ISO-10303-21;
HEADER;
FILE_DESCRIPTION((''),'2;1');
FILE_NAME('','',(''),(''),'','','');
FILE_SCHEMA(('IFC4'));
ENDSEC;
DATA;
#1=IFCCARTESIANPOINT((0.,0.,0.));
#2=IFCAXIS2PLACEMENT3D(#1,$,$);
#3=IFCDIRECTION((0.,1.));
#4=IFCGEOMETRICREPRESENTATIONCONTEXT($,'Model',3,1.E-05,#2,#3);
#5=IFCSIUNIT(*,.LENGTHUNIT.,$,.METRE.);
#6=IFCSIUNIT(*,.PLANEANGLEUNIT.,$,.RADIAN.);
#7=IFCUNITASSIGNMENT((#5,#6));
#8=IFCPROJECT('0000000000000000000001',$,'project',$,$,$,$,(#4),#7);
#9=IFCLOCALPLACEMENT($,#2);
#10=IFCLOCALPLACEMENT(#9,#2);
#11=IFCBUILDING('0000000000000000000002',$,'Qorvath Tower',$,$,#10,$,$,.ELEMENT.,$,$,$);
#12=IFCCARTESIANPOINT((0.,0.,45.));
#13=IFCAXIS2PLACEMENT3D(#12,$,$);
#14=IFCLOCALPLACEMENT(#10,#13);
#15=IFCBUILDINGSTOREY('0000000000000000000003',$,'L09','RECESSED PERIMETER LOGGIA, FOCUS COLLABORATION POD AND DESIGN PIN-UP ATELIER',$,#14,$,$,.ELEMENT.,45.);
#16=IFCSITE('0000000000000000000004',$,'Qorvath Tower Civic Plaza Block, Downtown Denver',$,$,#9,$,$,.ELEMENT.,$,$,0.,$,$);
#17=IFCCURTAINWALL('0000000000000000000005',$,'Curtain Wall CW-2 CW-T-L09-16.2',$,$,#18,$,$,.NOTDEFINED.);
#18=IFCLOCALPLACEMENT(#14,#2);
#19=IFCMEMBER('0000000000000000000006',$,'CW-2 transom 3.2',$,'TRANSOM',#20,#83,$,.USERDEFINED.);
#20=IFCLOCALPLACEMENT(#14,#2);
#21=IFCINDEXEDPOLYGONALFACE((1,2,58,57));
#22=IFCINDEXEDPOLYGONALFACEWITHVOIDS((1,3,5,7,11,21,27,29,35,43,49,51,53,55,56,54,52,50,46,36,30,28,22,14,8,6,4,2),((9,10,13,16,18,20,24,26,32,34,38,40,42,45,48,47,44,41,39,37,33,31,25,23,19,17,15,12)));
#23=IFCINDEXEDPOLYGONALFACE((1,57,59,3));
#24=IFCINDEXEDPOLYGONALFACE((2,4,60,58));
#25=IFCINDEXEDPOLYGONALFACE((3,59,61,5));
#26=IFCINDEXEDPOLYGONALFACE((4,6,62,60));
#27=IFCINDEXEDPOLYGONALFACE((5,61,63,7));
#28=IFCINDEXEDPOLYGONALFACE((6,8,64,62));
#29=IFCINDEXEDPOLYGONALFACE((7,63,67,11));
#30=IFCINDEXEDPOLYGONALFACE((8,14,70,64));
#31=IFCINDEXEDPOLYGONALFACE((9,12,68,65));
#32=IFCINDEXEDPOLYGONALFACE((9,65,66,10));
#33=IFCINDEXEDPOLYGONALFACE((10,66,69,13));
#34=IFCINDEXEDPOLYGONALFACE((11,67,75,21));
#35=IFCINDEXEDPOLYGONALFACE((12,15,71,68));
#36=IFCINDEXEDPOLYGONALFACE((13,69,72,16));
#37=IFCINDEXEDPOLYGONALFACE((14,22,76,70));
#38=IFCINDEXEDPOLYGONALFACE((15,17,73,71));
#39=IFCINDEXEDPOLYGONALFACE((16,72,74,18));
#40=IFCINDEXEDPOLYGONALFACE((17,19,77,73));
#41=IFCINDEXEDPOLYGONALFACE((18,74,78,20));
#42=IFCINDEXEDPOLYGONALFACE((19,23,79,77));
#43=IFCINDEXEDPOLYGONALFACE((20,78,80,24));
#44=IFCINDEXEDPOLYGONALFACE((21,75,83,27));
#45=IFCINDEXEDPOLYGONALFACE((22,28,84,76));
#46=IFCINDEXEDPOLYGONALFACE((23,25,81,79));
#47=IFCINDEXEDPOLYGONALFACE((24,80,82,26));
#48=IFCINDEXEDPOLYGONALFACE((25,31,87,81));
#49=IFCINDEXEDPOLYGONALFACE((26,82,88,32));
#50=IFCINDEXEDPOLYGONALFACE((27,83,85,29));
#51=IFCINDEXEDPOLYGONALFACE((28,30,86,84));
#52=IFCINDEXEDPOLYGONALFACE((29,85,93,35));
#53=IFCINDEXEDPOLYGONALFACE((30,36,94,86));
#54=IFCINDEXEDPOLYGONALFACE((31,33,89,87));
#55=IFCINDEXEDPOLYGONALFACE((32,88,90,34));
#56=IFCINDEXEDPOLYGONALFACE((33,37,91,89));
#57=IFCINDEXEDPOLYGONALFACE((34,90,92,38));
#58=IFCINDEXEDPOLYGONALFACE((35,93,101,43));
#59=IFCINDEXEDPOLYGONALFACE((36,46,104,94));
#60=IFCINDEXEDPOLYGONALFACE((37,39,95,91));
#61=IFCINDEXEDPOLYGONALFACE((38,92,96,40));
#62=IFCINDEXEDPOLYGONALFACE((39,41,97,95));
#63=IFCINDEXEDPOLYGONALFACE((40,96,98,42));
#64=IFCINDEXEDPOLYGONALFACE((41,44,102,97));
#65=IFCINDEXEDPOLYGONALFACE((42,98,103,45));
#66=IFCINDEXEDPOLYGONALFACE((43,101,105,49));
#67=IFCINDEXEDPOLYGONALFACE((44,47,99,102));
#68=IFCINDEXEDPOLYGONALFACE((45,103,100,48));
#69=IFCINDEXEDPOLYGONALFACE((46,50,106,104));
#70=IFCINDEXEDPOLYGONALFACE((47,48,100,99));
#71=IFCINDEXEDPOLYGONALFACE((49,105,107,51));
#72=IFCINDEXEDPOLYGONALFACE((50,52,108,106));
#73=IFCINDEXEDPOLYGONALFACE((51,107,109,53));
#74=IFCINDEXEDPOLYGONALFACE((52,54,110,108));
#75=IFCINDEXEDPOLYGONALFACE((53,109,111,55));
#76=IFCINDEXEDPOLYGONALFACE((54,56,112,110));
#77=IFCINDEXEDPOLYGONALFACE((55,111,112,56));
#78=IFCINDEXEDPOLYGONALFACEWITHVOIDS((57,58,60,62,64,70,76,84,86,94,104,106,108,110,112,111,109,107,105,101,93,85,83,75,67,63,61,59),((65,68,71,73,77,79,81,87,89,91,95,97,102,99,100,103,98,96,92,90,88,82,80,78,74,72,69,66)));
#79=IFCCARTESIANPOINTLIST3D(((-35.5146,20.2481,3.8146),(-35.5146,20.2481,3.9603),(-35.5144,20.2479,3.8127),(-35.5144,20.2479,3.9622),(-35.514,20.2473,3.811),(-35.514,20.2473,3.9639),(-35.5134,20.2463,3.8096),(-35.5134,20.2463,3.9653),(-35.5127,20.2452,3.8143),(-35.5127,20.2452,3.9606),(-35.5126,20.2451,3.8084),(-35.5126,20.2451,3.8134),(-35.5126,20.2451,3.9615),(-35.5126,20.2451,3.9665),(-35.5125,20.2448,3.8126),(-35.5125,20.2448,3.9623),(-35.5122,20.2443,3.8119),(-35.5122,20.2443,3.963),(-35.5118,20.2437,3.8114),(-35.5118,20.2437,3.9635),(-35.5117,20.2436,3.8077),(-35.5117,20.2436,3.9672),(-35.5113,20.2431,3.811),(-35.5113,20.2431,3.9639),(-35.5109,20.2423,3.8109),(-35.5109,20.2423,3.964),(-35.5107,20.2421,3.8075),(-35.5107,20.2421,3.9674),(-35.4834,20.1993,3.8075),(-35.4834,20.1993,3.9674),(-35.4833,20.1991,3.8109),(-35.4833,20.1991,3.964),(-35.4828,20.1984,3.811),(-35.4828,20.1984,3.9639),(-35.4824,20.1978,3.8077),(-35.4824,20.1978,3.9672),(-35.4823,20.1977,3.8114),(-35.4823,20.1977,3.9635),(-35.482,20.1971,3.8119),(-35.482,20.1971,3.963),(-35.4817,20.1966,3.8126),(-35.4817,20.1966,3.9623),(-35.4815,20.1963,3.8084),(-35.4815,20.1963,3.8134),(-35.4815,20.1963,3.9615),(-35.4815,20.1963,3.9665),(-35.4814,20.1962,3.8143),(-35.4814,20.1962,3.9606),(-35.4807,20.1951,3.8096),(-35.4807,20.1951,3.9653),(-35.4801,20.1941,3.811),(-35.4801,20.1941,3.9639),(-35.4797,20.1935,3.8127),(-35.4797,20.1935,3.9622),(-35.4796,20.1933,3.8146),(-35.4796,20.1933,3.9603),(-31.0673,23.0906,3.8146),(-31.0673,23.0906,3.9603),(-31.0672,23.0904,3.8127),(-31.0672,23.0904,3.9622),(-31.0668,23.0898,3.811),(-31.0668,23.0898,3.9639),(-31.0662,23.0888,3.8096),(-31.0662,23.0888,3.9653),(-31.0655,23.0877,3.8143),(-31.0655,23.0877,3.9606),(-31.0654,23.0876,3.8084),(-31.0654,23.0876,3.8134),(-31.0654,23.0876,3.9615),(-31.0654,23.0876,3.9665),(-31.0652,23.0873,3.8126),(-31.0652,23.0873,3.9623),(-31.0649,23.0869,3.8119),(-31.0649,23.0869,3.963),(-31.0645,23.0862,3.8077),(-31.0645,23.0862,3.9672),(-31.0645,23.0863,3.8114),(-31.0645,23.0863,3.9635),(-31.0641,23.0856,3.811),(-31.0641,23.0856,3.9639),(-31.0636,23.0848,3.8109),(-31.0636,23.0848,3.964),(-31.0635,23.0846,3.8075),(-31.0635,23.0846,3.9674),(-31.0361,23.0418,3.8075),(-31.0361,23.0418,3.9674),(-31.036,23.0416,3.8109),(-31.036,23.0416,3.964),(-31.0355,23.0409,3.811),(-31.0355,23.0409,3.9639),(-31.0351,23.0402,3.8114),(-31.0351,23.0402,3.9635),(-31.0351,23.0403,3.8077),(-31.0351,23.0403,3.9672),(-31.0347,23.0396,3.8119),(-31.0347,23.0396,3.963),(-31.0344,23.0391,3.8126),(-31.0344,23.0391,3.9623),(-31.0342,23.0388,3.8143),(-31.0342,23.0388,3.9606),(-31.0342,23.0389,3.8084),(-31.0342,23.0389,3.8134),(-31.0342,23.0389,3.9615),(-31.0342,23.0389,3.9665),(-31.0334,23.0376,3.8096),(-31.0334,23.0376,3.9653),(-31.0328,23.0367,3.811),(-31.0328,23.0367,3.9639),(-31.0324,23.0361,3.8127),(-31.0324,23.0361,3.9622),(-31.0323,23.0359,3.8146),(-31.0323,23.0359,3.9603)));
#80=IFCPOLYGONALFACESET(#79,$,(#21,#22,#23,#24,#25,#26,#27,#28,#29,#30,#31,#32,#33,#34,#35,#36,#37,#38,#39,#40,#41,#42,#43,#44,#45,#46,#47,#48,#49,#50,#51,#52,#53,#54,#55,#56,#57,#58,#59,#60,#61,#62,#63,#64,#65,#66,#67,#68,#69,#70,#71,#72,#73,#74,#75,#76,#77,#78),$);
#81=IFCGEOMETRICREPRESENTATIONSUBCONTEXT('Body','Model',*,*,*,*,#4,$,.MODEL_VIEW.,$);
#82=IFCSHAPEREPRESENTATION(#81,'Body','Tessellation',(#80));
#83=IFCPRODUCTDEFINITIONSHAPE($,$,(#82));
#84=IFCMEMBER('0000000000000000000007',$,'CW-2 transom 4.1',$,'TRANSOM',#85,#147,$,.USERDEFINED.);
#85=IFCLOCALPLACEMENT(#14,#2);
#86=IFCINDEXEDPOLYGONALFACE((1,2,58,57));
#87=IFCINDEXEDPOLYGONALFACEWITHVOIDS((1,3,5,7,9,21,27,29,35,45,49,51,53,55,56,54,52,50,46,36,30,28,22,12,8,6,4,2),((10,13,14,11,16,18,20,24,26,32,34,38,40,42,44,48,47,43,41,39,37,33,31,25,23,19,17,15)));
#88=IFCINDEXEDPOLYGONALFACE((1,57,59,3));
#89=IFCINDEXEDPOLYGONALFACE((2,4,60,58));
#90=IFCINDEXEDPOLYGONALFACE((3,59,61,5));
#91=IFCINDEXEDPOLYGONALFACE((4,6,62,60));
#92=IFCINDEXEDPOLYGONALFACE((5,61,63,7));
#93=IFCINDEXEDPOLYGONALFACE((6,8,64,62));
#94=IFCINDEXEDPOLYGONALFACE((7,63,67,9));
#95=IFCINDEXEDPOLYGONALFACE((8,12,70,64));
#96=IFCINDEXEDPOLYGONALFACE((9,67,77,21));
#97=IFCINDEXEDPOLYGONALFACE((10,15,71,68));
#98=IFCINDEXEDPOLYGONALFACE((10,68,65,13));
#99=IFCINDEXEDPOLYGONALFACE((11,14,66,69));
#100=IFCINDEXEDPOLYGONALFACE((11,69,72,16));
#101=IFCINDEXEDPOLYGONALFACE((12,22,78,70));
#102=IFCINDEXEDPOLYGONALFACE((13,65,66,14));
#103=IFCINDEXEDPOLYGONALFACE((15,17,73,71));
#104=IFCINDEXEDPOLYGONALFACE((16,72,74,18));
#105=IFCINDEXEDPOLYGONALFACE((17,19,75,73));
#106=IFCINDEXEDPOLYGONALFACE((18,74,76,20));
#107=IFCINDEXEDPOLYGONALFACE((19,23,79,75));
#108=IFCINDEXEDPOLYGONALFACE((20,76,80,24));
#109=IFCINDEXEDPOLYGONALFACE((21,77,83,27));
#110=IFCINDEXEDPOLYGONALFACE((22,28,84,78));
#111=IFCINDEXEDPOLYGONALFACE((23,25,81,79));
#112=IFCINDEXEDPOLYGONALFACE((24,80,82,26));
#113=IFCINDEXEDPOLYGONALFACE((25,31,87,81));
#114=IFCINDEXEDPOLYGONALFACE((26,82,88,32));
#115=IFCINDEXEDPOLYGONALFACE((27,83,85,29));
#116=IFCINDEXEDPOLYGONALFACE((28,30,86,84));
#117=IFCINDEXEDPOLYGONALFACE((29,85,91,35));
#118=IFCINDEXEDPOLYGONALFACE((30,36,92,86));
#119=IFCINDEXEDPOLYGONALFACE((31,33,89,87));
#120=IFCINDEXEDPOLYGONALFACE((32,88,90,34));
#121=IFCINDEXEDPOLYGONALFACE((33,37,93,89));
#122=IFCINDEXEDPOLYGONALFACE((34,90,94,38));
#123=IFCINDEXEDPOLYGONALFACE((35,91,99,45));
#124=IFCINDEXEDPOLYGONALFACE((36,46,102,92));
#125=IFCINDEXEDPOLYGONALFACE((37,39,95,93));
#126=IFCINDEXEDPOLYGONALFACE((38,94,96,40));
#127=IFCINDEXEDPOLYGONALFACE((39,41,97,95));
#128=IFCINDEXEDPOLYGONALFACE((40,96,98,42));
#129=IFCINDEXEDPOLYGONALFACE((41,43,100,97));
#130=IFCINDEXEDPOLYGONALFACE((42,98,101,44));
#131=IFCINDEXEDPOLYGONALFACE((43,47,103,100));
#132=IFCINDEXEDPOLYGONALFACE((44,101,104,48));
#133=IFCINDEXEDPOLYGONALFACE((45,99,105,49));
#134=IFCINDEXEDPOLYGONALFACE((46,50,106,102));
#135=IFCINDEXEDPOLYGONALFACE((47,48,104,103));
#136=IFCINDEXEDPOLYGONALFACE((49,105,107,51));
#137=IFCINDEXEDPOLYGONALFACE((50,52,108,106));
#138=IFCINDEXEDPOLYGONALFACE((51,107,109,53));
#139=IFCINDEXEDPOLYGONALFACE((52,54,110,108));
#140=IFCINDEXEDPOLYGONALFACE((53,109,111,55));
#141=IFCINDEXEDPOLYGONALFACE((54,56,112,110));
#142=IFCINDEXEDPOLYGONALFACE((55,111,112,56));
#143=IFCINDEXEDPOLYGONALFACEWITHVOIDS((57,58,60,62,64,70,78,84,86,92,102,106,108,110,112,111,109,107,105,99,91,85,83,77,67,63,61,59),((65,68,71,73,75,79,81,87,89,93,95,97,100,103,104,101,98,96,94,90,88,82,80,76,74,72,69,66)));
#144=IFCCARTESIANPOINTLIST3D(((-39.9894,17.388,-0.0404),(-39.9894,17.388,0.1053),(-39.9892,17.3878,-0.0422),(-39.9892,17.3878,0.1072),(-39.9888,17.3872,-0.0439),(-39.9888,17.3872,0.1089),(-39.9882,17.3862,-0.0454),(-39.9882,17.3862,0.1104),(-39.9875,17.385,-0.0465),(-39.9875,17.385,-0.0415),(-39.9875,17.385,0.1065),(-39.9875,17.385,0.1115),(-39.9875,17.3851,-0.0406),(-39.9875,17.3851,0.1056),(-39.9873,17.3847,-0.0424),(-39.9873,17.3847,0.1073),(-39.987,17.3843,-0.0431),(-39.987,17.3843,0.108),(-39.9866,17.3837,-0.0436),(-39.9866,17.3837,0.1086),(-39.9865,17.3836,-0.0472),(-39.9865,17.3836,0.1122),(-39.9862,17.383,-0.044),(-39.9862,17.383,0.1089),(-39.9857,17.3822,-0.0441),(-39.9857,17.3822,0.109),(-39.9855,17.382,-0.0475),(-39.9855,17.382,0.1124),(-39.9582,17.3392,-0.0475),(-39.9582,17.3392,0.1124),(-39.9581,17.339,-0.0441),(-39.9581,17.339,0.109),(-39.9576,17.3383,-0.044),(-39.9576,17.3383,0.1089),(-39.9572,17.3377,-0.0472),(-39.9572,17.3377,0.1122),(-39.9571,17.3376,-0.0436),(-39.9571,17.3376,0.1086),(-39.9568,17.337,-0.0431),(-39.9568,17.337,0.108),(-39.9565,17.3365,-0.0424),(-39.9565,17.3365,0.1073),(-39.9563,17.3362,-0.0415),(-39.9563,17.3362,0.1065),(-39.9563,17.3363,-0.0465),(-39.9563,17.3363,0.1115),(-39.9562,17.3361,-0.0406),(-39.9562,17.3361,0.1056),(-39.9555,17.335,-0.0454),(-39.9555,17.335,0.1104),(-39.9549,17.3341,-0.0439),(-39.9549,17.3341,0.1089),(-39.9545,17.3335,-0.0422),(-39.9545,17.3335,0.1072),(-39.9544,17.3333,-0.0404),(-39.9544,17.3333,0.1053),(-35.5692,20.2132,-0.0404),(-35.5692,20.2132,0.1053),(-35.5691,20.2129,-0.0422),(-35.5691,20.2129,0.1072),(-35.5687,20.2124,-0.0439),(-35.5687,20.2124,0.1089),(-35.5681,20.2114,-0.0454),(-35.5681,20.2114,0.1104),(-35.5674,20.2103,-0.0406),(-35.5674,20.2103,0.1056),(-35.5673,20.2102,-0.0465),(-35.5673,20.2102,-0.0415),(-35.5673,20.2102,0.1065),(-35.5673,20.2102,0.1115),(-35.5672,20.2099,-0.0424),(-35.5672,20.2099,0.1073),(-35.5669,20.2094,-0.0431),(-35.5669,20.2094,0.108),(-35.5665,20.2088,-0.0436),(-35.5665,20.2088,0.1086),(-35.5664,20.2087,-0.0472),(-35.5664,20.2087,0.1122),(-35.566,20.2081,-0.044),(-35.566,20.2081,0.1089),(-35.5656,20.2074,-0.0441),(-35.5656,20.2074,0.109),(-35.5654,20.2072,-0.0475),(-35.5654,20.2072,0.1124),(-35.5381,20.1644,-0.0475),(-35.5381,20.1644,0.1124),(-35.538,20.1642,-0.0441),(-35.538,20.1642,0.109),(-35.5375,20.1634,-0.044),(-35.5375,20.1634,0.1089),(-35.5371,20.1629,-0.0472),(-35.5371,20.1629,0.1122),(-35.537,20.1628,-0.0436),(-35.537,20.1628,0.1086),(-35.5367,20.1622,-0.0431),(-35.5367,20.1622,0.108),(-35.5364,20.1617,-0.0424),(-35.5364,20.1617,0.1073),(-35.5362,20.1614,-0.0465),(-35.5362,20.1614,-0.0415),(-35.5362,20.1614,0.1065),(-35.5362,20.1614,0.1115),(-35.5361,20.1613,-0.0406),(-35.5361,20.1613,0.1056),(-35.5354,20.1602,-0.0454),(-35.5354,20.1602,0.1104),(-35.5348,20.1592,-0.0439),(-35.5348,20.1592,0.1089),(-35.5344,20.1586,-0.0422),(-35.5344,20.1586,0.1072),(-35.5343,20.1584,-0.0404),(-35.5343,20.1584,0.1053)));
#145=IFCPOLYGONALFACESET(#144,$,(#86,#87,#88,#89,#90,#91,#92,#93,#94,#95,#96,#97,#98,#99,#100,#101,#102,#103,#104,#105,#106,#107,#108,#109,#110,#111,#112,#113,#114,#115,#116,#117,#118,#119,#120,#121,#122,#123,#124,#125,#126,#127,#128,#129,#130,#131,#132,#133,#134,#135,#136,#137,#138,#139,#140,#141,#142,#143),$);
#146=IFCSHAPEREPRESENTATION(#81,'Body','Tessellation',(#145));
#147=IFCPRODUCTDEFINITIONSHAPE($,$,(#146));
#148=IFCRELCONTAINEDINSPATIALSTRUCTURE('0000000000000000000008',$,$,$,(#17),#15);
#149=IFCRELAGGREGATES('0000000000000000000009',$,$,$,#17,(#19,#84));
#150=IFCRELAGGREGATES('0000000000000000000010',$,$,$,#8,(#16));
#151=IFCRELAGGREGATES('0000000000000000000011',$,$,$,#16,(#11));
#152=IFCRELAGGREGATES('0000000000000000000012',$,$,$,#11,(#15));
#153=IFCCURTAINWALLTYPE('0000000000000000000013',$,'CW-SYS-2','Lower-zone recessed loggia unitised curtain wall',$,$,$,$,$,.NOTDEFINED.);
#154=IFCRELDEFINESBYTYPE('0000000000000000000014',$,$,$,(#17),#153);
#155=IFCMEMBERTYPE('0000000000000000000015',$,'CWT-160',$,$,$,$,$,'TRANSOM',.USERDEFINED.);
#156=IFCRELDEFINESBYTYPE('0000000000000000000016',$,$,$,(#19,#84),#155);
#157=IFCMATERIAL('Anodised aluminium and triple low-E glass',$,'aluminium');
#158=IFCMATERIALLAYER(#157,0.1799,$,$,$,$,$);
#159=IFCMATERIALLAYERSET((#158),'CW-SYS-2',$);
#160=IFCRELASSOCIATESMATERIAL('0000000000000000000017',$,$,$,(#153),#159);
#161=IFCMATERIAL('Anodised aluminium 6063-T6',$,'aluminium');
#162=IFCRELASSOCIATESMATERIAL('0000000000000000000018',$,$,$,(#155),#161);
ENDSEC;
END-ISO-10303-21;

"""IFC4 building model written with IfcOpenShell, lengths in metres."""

from ifc_helpers import new_model, si_unit, direction, frame, origin, origin_2d, place, context, subcontext, project, spatial, hollow_rectangle, extrude, material, layer, layer_set, material_profile, profile_set, type_object, element, aggregate, save


model = new_model("IFC4")

# Units and contexts
model_context = context("Model", 3, precision=1e-05, world=origin(), true_north=direction((0.0, 1.0)))
body_context = subcontext(model_context, "Body", "Model", "MODEL_VIEW")
ifc_project = project(units=[si_unit("LENGTHUNIT", "METRE"), si_unit("PLANEANGLEUNIT", "RADIAN")], contexts=[model_context])

# Site, building, storey
site_placement = place(None, origin())
site = spatial("IfcSite", under=ifc_project, at=site_placement, Name="Qorvath Tower Civic Plaza Block, Downtown Denver", CompositionType="ELEMENT", RefElevation=0.0)
building_placement = place(site_placement, origin())
building = spatial("IfcBuilding", under=site, at=building_placement, Name="Qorvath Tower", CompositionType="ELEMENT")
storey_placement = place(building_placement, frame((0.0, 0.0, 45.0)))
storey = spatial("IfcBuildingStorey", under=building, at=storey_placement, Name="L09", Description="RECESSED PERIMETER LOGGIA, FOCUS COLLABORATION POD AND DESIGN PIN-UP ATELIER", CompositionType="ELEMENT", Elevation=45.0)

# Curtain wall, members
ifc_material_1 = material(Name="Anodised aluminium and triple low-E glass", Category="aluminium")
ifc_layer_1 = layer(ifc_material_1, 0.1799)
ifc_layer_set_1 = layer_set([ifc_layer_1], Name="CW-SYS-2")
curtain_wall_type = type_object("IfcCurtainWallType", Name="CW-SYS-2", Description="Lower-zone recessed loggia unitised curtain wall", PredefinedType="NOTDEFINED", material=ifc_layer_set_1)
curtain_wall_placement = place(storey_placement, origin())
curtain_wall = element("IfcCurtainWall", 1, at=curtain_wall_placement, inside=storey, type_object=curtain_wall_type, Name="Curtain Wall CW-2 CW-T-L09-16.2", PredefinedType="NOTDEFINED")
ifc_material_2 = material(Name="Anodised aluminium 6063-T6", Category="aluminium")
ifc_material_profile_1 = material_profile(ifc_material_2, hollow_rectangle(XDim=0.0649, YDim=0.1599, WallThickness=0.0034, InnerFilletRadius=0.0034, OuterFilletRadius=0.0071, at=origin_2d()), Name="CWT 160x65")
ifc_profile_set_1 = profile_set([ifc_material_profile_1], Name="Anodised aluminium 6063-T6")
member_type_1 = type_object("IfcMemberType", Name="CWT-160", ElementType="TRANSOM", PredefinedType="USERDEFINED", material=ifc_profile_set_1)
member_1_placement = place(storey_placement, frame((-31.0498, 23.0632, 3.8875), z_axis=(-0.842591, -0.538554, 0.0), x_axis=(0.538554, -0.842591, 0.0)))
member_1 = element("IfcMember", 2, at=member_1_placement, type_object=member_type_1, Name="CW-2 transom 3.2", ObjectType="TRANSOM", PredefinedType="USERDEFINED", context=body_context, shape_type="SweptSolid", body=[
    extrude(hollow_rectangle(XDim=0.0649, YDim=0.1599, WallThickness=0.0034, InnerFilletRadius=0.0034, OuterFilletRadius=0.0071, at=origin_2d()), origin(), (0.0, 0.0, 1.0), 5.2781),
])
member_2_placement = place(storey_placement, frame((-35.5518, 20.1858, 0.0325), z_axis=(-0.842592, -0.538552, 0.0), x_axis=(0.538552, -0.842592, 0.0)))
member_2 = element("IfcMember", 3, at=member_2_placement, type_object=member_type_1, Name="CW-2 transom 4.1", ObjectType="TRANSOM", PredefinedType="USERDEFINED", context=body_context, shape_type="SweptSolid", body=[
    extrude(hollow_rectangle(XDim=0.0649, YDim=0.1599, WallThickness=0.0034, InnerFilletRadius=0.0034, OuterFilletRadius=0.0071, at=origin_2d()), origin(), (0.0, 0.0, 1.0), 5.2458),
])
aggregate(curtain_wall, [member_1, member_2])

save(model, "model.ifc")
